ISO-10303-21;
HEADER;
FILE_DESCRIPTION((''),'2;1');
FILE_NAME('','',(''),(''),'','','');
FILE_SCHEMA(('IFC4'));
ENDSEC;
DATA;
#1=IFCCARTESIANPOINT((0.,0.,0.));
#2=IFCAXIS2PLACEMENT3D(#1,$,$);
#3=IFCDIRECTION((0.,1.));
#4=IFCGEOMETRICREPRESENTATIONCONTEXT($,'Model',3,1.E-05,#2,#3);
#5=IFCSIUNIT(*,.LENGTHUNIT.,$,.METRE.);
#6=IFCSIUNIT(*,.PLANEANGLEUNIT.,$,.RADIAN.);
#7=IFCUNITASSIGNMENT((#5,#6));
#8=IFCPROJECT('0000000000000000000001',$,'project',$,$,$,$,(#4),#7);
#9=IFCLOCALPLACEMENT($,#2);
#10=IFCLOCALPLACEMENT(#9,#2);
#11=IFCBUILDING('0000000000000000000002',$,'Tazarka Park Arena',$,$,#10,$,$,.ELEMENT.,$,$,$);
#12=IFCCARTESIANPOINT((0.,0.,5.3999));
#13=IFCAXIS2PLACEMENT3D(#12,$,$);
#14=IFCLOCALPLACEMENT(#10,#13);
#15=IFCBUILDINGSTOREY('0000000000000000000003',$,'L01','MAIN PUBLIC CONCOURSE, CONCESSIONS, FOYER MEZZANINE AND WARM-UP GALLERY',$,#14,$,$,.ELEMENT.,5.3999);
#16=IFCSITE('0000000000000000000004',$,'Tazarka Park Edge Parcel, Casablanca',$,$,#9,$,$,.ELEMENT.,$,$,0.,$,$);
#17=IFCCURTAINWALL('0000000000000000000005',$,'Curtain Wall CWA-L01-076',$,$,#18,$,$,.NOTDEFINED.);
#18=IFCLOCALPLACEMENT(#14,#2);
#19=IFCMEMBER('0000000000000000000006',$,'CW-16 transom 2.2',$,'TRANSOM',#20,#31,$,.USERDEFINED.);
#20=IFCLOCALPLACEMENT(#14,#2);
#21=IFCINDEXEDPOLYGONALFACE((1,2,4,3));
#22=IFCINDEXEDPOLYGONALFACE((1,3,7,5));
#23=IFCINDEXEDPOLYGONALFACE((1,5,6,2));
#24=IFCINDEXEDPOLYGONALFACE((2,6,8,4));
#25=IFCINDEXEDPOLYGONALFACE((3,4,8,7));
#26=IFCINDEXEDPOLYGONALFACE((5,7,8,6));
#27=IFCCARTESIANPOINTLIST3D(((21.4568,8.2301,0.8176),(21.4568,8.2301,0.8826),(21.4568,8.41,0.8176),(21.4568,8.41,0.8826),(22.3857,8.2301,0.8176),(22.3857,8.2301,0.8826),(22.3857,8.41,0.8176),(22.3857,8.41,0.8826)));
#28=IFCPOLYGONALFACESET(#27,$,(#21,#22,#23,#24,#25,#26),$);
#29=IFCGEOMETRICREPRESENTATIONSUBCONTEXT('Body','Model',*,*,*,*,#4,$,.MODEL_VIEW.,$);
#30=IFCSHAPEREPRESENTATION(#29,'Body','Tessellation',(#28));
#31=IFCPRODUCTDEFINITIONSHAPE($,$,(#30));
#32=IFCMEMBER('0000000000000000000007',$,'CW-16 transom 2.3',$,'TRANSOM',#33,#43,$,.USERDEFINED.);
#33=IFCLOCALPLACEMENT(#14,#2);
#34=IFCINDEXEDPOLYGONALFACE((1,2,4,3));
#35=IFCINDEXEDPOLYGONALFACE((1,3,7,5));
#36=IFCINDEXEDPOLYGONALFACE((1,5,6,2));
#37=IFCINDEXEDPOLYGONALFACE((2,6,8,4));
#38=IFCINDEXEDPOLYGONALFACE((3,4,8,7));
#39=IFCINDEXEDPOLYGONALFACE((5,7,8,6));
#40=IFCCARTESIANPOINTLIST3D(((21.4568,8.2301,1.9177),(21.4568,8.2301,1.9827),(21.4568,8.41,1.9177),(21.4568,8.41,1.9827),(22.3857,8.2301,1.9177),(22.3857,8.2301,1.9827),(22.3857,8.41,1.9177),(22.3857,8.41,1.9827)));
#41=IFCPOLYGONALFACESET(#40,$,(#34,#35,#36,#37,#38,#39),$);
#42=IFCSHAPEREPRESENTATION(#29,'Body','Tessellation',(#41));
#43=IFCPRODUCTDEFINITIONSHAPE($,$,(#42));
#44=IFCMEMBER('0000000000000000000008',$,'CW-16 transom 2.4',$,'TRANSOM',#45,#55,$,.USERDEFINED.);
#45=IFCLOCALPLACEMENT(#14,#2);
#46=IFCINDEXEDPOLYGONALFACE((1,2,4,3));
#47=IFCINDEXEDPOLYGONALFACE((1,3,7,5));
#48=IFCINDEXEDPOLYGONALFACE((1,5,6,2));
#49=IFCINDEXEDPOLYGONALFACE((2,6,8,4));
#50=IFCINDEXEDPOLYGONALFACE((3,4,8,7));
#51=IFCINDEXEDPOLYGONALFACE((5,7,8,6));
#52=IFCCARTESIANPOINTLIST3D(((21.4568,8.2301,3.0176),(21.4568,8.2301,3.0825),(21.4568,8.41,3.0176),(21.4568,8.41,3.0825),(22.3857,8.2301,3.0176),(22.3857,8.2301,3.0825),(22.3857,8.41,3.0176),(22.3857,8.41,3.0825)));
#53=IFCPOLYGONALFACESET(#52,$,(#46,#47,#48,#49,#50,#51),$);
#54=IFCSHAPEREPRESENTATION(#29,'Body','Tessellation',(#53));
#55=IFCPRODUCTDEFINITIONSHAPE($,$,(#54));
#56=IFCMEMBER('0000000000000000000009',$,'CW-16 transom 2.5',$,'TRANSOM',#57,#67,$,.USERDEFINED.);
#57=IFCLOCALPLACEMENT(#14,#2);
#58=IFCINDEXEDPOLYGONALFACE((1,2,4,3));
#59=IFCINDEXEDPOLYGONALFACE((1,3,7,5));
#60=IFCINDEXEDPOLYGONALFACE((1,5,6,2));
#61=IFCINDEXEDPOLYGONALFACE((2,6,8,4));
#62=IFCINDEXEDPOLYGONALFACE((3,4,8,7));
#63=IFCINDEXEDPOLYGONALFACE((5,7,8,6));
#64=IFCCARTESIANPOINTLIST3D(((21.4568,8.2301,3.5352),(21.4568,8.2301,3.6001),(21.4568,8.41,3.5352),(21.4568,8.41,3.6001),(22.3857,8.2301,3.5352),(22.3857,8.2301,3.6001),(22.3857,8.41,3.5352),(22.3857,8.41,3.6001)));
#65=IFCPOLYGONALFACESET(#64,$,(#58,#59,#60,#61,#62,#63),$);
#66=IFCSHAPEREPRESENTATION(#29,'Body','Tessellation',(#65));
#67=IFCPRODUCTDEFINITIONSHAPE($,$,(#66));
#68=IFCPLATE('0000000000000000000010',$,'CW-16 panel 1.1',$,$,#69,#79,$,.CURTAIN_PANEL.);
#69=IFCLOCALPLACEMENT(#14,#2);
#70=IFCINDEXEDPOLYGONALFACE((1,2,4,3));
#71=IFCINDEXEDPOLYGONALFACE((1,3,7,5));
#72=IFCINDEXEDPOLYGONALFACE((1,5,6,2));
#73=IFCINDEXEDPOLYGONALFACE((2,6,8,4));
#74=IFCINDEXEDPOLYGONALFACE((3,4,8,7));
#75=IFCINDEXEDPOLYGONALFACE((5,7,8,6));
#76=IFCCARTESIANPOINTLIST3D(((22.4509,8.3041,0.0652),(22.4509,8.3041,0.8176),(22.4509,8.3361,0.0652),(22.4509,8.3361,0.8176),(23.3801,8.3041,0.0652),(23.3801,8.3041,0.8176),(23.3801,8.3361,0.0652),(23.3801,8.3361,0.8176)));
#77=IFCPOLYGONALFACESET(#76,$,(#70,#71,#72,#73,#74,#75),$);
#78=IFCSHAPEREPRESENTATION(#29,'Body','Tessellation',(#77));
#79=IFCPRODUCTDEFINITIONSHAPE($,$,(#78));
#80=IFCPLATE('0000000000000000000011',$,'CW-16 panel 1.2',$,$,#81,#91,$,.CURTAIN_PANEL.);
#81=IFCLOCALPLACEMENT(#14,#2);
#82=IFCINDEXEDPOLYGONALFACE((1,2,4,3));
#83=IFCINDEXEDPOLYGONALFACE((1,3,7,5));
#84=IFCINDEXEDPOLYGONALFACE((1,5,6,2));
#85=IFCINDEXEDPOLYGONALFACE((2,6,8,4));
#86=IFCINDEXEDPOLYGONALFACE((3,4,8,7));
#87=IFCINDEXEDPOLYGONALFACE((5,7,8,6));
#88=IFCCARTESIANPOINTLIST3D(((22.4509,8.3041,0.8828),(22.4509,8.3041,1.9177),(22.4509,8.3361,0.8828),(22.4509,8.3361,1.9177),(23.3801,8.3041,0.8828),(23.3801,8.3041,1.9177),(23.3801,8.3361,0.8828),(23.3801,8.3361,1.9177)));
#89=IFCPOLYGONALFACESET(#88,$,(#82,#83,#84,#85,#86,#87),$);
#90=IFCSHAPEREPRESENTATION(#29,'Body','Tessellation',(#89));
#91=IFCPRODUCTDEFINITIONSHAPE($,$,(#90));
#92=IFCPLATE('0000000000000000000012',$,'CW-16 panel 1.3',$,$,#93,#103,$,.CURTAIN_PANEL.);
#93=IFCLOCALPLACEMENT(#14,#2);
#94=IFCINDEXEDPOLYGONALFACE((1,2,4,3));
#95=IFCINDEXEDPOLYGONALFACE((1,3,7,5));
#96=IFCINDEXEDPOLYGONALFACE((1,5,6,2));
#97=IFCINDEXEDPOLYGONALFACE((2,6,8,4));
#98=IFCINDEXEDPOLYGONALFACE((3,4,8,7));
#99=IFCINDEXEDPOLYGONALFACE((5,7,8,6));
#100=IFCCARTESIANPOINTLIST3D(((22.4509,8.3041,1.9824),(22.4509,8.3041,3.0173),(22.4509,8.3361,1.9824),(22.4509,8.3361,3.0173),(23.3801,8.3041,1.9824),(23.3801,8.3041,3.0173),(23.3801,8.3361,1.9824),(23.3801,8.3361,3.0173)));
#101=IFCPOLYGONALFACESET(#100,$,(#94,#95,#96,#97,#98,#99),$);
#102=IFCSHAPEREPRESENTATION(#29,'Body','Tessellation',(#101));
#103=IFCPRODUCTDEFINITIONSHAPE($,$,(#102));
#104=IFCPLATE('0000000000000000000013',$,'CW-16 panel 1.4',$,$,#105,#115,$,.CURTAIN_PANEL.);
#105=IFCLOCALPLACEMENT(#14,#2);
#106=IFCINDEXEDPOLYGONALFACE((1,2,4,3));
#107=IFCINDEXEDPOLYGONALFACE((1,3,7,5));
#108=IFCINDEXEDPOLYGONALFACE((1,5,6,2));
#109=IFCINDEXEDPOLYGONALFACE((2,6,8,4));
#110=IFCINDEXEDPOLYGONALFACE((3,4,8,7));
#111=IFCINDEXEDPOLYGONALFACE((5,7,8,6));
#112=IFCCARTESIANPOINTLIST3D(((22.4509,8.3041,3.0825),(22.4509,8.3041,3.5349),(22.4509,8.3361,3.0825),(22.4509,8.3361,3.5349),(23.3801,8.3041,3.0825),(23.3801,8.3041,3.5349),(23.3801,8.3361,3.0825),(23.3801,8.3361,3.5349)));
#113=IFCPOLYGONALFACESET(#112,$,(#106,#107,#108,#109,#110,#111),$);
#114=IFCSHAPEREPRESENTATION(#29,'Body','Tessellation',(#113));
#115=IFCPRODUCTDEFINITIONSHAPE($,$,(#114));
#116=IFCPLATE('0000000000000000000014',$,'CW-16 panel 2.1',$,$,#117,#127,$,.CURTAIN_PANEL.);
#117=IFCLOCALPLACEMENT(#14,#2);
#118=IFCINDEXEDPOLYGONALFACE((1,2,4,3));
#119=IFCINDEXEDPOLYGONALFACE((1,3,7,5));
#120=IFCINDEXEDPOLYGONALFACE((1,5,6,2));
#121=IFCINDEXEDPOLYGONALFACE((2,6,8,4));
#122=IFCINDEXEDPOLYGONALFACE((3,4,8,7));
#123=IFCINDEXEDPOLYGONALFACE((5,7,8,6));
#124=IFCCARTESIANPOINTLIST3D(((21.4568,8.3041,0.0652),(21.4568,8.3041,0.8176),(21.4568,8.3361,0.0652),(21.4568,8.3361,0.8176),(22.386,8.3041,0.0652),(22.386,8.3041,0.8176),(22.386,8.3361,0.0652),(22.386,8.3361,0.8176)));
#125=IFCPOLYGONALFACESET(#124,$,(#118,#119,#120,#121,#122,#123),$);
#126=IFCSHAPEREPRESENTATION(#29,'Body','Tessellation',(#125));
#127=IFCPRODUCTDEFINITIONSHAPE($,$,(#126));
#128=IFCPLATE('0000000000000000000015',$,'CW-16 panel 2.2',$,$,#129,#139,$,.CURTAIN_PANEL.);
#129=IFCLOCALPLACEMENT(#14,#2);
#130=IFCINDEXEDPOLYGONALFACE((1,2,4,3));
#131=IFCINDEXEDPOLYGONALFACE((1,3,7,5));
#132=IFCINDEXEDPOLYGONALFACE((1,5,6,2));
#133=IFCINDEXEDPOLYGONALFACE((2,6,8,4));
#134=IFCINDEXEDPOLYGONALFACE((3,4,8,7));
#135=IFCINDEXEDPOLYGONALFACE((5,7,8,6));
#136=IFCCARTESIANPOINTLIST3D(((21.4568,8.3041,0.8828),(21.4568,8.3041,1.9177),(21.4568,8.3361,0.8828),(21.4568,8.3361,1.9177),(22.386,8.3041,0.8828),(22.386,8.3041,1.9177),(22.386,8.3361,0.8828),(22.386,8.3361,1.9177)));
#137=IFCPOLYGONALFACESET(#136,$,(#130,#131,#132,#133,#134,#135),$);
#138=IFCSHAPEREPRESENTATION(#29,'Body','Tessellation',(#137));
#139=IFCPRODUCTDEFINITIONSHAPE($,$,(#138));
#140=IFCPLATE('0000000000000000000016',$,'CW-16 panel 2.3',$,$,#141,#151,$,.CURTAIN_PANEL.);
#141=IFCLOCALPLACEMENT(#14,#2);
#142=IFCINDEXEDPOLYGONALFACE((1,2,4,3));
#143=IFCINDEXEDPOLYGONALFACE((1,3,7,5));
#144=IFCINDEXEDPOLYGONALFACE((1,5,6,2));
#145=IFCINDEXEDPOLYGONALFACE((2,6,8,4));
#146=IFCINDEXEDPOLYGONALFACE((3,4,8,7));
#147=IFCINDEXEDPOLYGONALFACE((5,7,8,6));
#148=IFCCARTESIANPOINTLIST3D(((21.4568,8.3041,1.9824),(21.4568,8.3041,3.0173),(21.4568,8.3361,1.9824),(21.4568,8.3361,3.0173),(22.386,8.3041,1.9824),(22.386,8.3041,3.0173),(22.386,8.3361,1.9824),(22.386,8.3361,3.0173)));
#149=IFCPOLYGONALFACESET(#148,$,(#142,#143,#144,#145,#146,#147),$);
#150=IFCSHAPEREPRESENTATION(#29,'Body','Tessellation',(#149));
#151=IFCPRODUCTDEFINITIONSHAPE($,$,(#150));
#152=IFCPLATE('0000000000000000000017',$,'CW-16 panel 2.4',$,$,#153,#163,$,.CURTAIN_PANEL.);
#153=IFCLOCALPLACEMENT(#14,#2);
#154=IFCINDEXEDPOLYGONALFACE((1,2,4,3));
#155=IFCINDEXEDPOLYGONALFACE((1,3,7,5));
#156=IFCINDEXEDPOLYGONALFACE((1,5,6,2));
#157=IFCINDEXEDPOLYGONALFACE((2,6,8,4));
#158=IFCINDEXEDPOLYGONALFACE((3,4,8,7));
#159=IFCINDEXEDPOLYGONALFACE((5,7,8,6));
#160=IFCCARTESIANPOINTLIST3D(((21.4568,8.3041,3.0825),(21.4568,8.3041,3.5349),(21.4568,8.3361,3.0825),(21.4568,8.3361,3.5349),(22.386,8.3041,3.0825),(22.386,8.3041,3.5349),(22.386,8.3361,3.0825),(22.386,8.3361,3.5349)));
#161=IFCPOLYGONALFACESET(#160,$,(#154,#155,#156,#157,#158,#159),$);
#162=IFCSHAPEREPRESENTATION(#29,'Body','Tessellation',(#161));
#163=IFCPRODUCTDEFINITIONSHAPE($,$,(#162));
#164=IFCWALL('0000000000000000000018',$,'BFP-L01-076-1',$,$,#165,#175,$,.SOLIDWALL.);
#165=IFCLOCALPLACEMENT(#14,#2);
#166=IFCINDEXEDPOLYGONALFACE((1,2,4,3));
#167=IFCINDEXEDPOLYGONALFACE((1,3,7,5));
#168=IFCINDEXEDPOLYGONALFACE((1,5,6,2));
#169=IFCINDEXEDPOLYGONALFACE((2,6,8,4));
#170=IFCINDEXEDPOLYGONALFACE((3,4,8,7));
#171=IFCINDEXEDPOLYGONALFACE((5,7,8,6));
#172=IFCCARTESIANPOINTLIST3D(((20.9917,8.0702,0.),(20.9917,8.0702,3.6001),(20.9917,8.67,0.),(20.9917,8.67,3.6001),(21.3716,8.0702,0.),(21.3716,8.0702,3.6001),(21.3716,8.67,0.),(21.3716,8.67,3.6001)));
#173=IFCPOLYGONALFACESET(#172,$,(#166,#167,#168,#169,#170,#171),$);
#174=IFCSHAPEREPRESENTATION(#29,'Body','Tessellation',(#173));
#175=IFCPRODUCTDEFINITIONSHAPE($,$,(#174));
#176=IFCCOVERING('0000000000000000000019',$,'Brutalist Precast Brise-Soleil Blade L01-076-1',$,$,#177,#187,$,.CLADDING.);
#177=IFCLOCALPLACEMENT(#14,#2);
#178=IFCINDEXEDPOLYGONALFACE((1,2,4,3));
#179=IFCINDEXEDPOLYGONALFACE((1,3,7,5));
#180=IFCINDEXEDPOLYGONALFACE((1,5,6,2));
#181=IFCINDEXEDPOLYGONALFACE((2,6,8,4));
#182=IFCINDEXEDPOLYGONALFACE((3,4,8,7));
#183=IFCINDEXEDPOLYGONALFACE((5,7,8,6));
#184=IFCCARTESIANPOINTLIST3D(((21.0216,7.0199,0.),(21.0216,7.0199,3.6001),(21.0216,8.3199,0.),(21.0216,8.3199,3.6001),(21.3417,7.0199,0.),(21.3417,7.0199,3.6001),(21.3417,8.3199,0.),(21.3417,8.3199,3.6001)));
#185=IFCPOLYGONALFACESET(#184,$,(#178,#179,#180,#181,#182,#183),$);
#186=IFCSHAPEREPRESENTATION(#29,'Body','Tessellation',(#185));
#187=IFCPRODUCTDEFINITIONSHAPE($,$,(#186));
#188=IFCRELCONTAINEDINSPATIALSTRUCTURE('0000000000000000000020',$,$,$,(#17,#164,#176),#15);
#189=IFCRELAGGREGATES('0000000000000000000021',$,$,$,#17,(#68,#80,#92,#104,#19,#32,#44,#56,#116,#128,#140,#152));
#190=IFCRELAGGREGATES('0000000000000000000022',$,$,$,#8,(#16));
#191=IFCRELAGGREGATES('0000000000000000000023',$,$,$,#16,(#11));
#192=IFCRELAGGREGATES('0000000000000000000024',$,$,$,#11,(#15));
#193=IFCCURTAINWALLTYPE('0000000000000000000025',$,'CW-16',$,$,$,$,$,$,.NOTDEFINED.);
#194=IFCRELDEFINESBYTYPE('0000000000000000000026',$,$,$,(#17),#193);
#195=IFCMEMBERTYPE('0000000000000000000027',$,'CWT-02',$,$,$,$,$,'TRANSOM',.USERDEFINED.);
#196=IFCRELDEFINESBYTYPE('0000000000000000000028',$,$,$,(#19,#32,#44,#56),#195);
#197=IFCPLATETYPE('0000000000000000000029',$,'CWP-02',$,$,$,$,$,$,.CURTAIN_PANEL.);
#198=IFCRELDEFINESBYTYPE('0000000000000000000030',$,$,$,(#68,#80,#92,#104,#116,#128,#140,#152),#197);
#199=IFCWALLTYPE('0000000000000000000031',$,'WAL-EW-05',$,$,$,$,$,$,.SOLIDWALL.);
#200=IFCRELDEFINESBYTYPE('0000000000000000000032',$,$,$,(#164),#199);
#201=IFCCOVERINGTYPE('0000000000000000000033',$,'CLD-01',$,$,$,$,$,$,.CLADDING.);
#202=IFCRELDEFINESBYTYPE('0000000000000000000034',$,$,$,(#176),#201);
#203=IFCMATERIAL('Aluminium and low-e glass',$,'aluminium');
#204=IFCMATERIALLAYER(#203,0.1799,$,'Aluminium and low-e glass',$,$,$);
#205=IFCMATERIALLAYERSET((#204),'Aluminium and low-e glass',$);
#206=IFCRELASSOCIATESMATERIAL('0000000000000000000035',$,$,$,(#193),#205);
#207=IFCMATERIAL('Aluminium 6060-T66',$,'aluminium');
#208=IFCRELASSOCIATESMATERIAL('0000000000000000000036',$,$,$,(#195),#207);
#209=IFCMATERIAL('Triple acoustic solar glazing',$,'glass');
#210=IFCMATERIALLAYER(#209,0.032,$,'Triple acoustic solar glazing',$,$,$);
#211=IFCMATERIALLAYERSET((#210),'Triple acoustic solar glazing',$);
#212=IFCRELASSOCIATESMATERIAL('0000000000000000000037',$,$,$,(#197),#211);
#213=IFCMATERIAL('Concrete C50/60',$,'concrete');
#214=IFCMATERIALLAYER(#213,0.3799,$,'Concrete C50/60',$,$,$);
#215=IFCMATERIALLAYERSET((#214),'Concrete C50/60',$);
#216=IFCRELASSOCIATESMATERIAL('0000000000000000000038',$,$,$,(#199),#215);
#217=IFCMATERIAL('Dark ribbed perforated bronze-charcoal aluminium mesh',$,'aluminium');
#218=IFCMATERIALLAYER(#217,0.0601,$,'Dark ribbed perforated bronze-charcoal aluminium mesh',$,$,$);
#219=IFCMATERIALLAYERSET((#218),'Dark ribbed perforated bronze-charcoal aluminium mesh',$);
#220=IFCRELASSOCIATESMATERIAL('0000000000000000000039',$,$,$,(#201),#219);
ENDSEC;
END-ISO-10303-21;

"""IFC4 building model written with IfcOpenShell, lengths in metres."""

from ifc_helpers import new_model, si_unit, direction, frame, frame_2d, origin, origin_2d, place, context, subcontext, project, spatial, rectangle, extrude, material, layer, layer_set, material_profile, profile_set, type_object, element, aggregate, save


model = new_model("IFC4")

# Units and contexts
model_context = context("Model", 3, precision=1e-05, world=origin(), true_north=direction((0.0, 1.0)))
body_context = subcontext(model_context, "Body", "Model", "MODEL_VIEW")
ifc_project = project(units=[si_unit("LENGTHUNIT", "METRE"), si_unit("PLANEANGLEUNIT", "RADIAN")], contexts=[model_context])

# Site, building, storey
site_placement = place(None, origin())
site = spatial("IfcSite", under=ifc_project, at=site_placement, Name="Tazarka Park Edge Parcel, Casablanca", CompositionType="ELEMENT", RefElevation=0.0)
building_placement = place(site_placement, origin())
building = spatial("IfcBuilding", under=site, at=building_placement, Name="Tazarka Park Arena", CompositionType="ELEMENT")
storey_placement = place(building_placement, frame((0.0, 0.0, 5.3999)))
storey = spatial("IfcBuildingStorey", under=building, at=storey_placement, Name="L01", Description="MAIN PUBLIC CONCOURSE, CONCESSIONS, FOYER MEZZANINE AND WARM-UP GALLERY", CompositionType="ELEMENT", Elevation=5.3999)

# Curtain wall
ifc_material_1 = material(Name="Aluminium and low-e glass", Category="aluminium")
ifc_layer_1 = layer(ifc_material_1, 0.1799, Name="Aluminium and low-e glass")
ifc_layer_set_1 = layer_set([ifc_layer_1], Name="Aluminium and low-e glass")
curtain_wall_type_1 = type_object("IfcCurtainWallType", Name="CW-16", PredefinedType="NOTDEFINED", material=ifc_layer_set_1)
curtain_wall_1_placement = place(storey_placement, origin())
curtain_wall_1 = element("IfcCurtainWall", 1, at=curtain_wall_1_placement, inside=storey, type_object=curtain_wall_type_1, Name="Curtain Wall CWA-L01-076", PredefinedType="NOTDEFINED")

# Members
ifc_material_2 = material(Name="Aluminium 6060-T66", Category="aluminium")
ifc_material_profile_1 = material_profile(ifc_material_2, rectangle(XDim=0.1799, YDim=0.0649, at=origin_2d()), Name="Aluminium 6060-T66")
ifc_profile_set_1 = profile_set([ifc_material_profile_1], Name="Aluminium 6060-T66")
member_type_1 = type_object("IfcMemberType", Name="CWT-02", ElementType="TRANSOM", PredefinedType="USERDEFINED", material=ifc_profile_set_1)
member_1_placement = place(storey_placement, frame((22.3857, 8.3201, 0.8501), z_axis=(-1.0, 0.0, 0.0), x_axis=(0.0, -1.0, 0.0)))
member_1 = element("IfcMember", 2, at=member_1_placement, type_object=member_type_1, Name="CW-16 transom 2.2", ObjectType="TRANSOM", PredefinedType="USERDEFINED", context=body_context, shape_type="SweptSolid", body=[
    extrude(rectangle(XDim=0.1799, YDim=0.0649, at=origin_2d()), origin(), (0.0, 0.0, 1.0), 0.929),
])
member_2_placement = place(storey_placement, frame((22.3857, 8.3201, 1.9502), z_axis=(-1.0, 0.0, 0.0), x_axis=(0.0, -1.0, 0.0)))
member_2 = element("IfcMember", 3, at=member_2_placement, type_object=member_type_1, Name="CW-16 transom 2.3", ObjectType="TRANSOM", PredefinedType="USERDEFINED", context=body_context, shape_type="SweptSolid", body=[
    extrude(rectangle(XDim=0.1799, YDim=0.0649, at=origin_2d()), origin(), (0.0, 0.0, 1.0), 0.929),
])
member_3_placement = place(storey_placement, frame((22.3857, 8.3201, 3.05), z_axis=(-1.0, 0.0, 0.0), x_axis=(0.0, -1.0, 0.0)))
member_3 = element("IfcMember", 4, at=member_3_placement, type_object=member_type_1, Name="CW-16 transom 2.4", ObjectType="TRANSOM", PredefinedType="USERDEFINED", context=body_context, shape_type="SweptSolid", body=[
    extrude(rectangle(XDim=0.1799, YDim=0.0649, at=origin_2d()), origin(), (0.0, 0.0, 1.0), 0.929),
])
member_4_placement = place(storey_placement, frame((22.3857, 8.3201, 3.5676), z_axis=(-1.0, 0.0, 0.0), x_axis=(0.0, -1.0, 0.0)))
member_4 = element("IfcMember", 5, at=member_4_placement, type_object=member_type_1, Name="CW-16 transom 2.5", ObjectType="TRANSOM", PredefinedType="USERDEFINED", context=body_context, shape_type="SweptSolid", body=[
    extrude(rectangle(XDim=0.1799, YDim=0.0649, at=origin_2d()), origin(), (0.0, 0.0, 1.0), 0.929),
])

# Plates
ifc_material_3 = material(Name="Triple acoustic solar glazing", Category="glass")
ifc_layer_2 = layer(ifc_material_3, 0.032, Name="Triple acoustic solar glazing")
ifc_layer_set_2 = layer_set([ifc_layer_2], Name="Triple acoustic solar glazing")
plate_type = type_object("IfcPlateType", Name="CWP-02", PredefinedType="CURTAIN_PANEL", material=ifc_layer_set_2)
plate_1_placement = place(storey_placement, frame((22.9155, 8.3201, 0.0652), z_axis=(0.0, 0.0, 1.0), x_axis=(-1.0, 0.0, 0.0)))
plate_1 = element("IfcPlate", 6, at=plate_1_placement, type_object=plate_type, Name="CW-16 panel 1.1", PredefinedType="CURTAIN_PANEL", context=body_context, shape_type="SweptSolid", body=[
    extrude(rectangle(XDim=0.9292, YDim=0.032, at=origin_2d()), origin(), (0.0, 0.0, 1.0), 0.7524),
])
plate_2_placement = place(storey_placement, frame((22.9155, 8.3201, 0.8828), z_axis=(0.0, 0.0, 1.0), x_axis=(-1.0, 0.0, 0.0)))
plate_2 = element("IfcPlate", 7, at=plate_2_placement, type_object=plate_type, Name="CW-16 panel 1.2", PredefinedType="CURTAIN_PANEL", context=body_context, shape_type="SweptSolid", body=[
    extrude(rectangle(XDim=0.9292, YDim=0.032, at=origin_2d()), origin(), (0.0, 0.0, 1.0), 1.0349),
])
plate_3_placement = place(storey_placement, frame((22.9155, 8.3201, 1.9824), z_axis=(0.0, 0.0, 1.0), x_axis=(-1.0, 0.0, 0.0)))
plate_3 = element("IfcPlate", 8, at=plate_3_placement, type_object=plate_type, Name="CW-16 panel 1.3", PredefinedType="CURTAIN_PANEL", context=body_context, shape_type="SweptSolid", body=[
    extrude(rectangle(XDim=0.9292, YDim=0.032, at=origin_2d()), origin(), (0.0, 0.0, 1.0), 1.0349),
])
plate_4_placement = place(storey_placement, frame((22.9155, 8.3201, 3.0825), z_axis=(0.0, 0.0, 1.0), x_axis=(-1.0, 0.0, 0.0)))
plate_4 = element("IfcPlate", 9, at=plate_4_placement, type_object=plate_type, Name="CW-16 panel 1.4", PredefinedType="CURTAIN_PANEL", context=body_context, shape_type="SweptSolid", body=[
    extrude(rectangle(XDim=0.9292, YDim=0.032, at=origin_2d()), origin(), (0.0, 0.0, 1.0), 0.4524),
])
plate_5_placement = place(storey_placement, frame((21.9214, 8.3201, 0.0652), z_axis=(0.0, 0.0, 1.0), x_axis=(-1.0, 0.0, 0.0)))
plate_5 = element("IfcPlate", 10, at=plate_5_placement, type_object=plate_type, Name="CW-16 panel 2.1", PredefinedType="CURTAIN_PANEL", context=body_context, shape_type="SweptSolid", body=[
    extrude(rectangle(XDim=0.9292, YDim=0.032, at=origin_2d()), origin(), (0.0, 0.0, 1.0), 0.7524),
])
plate_6_placement = place(storey_placement, frame((21.9214, 8.3201, 0.8828), z_axis=(0.0, 0.0, 1.0), x_axis=(-1.0, 0.0, 0.0)))
plate_6 = element("IfcPlate", 11, at=plate_6_placement, type_object=plate_type, Name="CW-16 panel 2.2", PredefinedType="CURTAIN_PANEL", context=body_context, shape_type="SweptSolid", body=[
    extrude(rectangle(XDim=0.9292, YDim=0.032, at=origin_2d()), origin(), (0.0, 0.0, 1.0), 1.0349),
])
plate_7_placement = place(storey_placement, frame((21.9214, 8.3201, 1.9824), z_axis=(0.0, 0.0, 1.0), x_axis=(-1.0, 0.0, 0.0)))
plate_7 = element("IfcPlate", 12, at=plate_7_placement, type_object=plate_type, Name="CW-16 panel 2.3", PredefinedType="CURTAIN_PANEL", context=body_context, shape_type="SweptSolid", body=[
    extrude(rectangle(XDim=0.9292, YDim=0.032, at=origin_2d()), origin(), (0.0, 0.0, 1.0), 1.0349),
])
plate_8_placement = place(storey_placement, frame((21.9214, 8.3201, 3.0825), z_axis=(0.0, 0.0, 1.0), x_axis=(-1.0, 0.0, 0.0)))
plate_8 = element("IfcPlate", 13, at=plate_8_placement, type_object=plate_type, Name="CW-16 panel 2.4", PredefinedType="CURTAIN_PANEL", context=body_context, shape_type="SweptSolid", body=[
    extrude(rectangle(XDim=0.9292, YDim=0.032, at=origin_2d()), origin(), (0.0, 0.0, 1.0), 0.4524),
])
aggregate(curtain_wall_1, [plate_1, plate_2, plate_3, plate_4, member_1, member_2, member_3, member_4, plate_5, plate_6, plate_7, plate_8])

# Wall
ifc_material_4 = material(Name="Concrete C50/60", Category="concrete")
ifc_layer_3 = layer(ifc_material_4, 0.3799, Name="Concrete C50/60")
ifc_layer_set_3 = layer_set([ifc_layer_3], Name="Concrete C50/60")
wall_type = type_object("IfcWallType", Name="WAL-EW-05", PredefinedType="SOLIDWALL", material=ifc_layer_set_3)
wall_placement = place(storey_placement, frame((21.1816, 8.6699, 0.0), z_axis=(0.0, 0.0, 1.0), x_axis=(0.0, -1.0, 0.0)))
element("IfcWall", 14, at=wall_placement, inside=storey, type_object=wall_type, Name="BFP-L01-076-1", PredefinedType="SOLIDWALL", context=body_context, shape_type="SweptSolid", body=[
    extrude(rectangle(XDim=0.5999, YDim=0.3799, at=frame_2d((0.2998, 0.0))), origin(), (0.0, 0.0, 1.0), 3.6001),
])

# Covering
ifc_material_5 = material(Name="Dark ribbed perforated bronze-charcoal aluminium mesh", Category="aluminium")
ifc_layer_4 = layer(ifc_material_5, 0.0601, Name="Dark ribbed perforated bronze-charcoal aluminium mesh")
ifc_layer_set_4 = layer_set([ifc_layer_4], Name="Dark ribbed perforated bronze-charcoal aluminium mesh")
covering_type = type_object("IfcCoveringType", Name="CLD-01", PredefinedType="CLADDING", material=ifc_layer_set_4)
covering_placement = place(storey_placement, frame((21.1816, 7.6699, 0.0), z_axis=(0.0, 0.0, 1.0), x_axis=(-1.0, 0.0, 0.0)))
element("IfcCovering", 15, at=covering_placement, inside=storey, type_object=covering_type, Name="Brutalist Precast Brise-Soleil Blade L01-076-1", PredefinedType="CLADDING", context=body_context, shape_type="SweptSolid", body=[
    extrude(rectangle(XDim=0.3201, YDim=1.3, at=origin_2d()), origin(), (0.0, 0.0, 1.0), 3.6001),
])

save(model, "model.ifc")
